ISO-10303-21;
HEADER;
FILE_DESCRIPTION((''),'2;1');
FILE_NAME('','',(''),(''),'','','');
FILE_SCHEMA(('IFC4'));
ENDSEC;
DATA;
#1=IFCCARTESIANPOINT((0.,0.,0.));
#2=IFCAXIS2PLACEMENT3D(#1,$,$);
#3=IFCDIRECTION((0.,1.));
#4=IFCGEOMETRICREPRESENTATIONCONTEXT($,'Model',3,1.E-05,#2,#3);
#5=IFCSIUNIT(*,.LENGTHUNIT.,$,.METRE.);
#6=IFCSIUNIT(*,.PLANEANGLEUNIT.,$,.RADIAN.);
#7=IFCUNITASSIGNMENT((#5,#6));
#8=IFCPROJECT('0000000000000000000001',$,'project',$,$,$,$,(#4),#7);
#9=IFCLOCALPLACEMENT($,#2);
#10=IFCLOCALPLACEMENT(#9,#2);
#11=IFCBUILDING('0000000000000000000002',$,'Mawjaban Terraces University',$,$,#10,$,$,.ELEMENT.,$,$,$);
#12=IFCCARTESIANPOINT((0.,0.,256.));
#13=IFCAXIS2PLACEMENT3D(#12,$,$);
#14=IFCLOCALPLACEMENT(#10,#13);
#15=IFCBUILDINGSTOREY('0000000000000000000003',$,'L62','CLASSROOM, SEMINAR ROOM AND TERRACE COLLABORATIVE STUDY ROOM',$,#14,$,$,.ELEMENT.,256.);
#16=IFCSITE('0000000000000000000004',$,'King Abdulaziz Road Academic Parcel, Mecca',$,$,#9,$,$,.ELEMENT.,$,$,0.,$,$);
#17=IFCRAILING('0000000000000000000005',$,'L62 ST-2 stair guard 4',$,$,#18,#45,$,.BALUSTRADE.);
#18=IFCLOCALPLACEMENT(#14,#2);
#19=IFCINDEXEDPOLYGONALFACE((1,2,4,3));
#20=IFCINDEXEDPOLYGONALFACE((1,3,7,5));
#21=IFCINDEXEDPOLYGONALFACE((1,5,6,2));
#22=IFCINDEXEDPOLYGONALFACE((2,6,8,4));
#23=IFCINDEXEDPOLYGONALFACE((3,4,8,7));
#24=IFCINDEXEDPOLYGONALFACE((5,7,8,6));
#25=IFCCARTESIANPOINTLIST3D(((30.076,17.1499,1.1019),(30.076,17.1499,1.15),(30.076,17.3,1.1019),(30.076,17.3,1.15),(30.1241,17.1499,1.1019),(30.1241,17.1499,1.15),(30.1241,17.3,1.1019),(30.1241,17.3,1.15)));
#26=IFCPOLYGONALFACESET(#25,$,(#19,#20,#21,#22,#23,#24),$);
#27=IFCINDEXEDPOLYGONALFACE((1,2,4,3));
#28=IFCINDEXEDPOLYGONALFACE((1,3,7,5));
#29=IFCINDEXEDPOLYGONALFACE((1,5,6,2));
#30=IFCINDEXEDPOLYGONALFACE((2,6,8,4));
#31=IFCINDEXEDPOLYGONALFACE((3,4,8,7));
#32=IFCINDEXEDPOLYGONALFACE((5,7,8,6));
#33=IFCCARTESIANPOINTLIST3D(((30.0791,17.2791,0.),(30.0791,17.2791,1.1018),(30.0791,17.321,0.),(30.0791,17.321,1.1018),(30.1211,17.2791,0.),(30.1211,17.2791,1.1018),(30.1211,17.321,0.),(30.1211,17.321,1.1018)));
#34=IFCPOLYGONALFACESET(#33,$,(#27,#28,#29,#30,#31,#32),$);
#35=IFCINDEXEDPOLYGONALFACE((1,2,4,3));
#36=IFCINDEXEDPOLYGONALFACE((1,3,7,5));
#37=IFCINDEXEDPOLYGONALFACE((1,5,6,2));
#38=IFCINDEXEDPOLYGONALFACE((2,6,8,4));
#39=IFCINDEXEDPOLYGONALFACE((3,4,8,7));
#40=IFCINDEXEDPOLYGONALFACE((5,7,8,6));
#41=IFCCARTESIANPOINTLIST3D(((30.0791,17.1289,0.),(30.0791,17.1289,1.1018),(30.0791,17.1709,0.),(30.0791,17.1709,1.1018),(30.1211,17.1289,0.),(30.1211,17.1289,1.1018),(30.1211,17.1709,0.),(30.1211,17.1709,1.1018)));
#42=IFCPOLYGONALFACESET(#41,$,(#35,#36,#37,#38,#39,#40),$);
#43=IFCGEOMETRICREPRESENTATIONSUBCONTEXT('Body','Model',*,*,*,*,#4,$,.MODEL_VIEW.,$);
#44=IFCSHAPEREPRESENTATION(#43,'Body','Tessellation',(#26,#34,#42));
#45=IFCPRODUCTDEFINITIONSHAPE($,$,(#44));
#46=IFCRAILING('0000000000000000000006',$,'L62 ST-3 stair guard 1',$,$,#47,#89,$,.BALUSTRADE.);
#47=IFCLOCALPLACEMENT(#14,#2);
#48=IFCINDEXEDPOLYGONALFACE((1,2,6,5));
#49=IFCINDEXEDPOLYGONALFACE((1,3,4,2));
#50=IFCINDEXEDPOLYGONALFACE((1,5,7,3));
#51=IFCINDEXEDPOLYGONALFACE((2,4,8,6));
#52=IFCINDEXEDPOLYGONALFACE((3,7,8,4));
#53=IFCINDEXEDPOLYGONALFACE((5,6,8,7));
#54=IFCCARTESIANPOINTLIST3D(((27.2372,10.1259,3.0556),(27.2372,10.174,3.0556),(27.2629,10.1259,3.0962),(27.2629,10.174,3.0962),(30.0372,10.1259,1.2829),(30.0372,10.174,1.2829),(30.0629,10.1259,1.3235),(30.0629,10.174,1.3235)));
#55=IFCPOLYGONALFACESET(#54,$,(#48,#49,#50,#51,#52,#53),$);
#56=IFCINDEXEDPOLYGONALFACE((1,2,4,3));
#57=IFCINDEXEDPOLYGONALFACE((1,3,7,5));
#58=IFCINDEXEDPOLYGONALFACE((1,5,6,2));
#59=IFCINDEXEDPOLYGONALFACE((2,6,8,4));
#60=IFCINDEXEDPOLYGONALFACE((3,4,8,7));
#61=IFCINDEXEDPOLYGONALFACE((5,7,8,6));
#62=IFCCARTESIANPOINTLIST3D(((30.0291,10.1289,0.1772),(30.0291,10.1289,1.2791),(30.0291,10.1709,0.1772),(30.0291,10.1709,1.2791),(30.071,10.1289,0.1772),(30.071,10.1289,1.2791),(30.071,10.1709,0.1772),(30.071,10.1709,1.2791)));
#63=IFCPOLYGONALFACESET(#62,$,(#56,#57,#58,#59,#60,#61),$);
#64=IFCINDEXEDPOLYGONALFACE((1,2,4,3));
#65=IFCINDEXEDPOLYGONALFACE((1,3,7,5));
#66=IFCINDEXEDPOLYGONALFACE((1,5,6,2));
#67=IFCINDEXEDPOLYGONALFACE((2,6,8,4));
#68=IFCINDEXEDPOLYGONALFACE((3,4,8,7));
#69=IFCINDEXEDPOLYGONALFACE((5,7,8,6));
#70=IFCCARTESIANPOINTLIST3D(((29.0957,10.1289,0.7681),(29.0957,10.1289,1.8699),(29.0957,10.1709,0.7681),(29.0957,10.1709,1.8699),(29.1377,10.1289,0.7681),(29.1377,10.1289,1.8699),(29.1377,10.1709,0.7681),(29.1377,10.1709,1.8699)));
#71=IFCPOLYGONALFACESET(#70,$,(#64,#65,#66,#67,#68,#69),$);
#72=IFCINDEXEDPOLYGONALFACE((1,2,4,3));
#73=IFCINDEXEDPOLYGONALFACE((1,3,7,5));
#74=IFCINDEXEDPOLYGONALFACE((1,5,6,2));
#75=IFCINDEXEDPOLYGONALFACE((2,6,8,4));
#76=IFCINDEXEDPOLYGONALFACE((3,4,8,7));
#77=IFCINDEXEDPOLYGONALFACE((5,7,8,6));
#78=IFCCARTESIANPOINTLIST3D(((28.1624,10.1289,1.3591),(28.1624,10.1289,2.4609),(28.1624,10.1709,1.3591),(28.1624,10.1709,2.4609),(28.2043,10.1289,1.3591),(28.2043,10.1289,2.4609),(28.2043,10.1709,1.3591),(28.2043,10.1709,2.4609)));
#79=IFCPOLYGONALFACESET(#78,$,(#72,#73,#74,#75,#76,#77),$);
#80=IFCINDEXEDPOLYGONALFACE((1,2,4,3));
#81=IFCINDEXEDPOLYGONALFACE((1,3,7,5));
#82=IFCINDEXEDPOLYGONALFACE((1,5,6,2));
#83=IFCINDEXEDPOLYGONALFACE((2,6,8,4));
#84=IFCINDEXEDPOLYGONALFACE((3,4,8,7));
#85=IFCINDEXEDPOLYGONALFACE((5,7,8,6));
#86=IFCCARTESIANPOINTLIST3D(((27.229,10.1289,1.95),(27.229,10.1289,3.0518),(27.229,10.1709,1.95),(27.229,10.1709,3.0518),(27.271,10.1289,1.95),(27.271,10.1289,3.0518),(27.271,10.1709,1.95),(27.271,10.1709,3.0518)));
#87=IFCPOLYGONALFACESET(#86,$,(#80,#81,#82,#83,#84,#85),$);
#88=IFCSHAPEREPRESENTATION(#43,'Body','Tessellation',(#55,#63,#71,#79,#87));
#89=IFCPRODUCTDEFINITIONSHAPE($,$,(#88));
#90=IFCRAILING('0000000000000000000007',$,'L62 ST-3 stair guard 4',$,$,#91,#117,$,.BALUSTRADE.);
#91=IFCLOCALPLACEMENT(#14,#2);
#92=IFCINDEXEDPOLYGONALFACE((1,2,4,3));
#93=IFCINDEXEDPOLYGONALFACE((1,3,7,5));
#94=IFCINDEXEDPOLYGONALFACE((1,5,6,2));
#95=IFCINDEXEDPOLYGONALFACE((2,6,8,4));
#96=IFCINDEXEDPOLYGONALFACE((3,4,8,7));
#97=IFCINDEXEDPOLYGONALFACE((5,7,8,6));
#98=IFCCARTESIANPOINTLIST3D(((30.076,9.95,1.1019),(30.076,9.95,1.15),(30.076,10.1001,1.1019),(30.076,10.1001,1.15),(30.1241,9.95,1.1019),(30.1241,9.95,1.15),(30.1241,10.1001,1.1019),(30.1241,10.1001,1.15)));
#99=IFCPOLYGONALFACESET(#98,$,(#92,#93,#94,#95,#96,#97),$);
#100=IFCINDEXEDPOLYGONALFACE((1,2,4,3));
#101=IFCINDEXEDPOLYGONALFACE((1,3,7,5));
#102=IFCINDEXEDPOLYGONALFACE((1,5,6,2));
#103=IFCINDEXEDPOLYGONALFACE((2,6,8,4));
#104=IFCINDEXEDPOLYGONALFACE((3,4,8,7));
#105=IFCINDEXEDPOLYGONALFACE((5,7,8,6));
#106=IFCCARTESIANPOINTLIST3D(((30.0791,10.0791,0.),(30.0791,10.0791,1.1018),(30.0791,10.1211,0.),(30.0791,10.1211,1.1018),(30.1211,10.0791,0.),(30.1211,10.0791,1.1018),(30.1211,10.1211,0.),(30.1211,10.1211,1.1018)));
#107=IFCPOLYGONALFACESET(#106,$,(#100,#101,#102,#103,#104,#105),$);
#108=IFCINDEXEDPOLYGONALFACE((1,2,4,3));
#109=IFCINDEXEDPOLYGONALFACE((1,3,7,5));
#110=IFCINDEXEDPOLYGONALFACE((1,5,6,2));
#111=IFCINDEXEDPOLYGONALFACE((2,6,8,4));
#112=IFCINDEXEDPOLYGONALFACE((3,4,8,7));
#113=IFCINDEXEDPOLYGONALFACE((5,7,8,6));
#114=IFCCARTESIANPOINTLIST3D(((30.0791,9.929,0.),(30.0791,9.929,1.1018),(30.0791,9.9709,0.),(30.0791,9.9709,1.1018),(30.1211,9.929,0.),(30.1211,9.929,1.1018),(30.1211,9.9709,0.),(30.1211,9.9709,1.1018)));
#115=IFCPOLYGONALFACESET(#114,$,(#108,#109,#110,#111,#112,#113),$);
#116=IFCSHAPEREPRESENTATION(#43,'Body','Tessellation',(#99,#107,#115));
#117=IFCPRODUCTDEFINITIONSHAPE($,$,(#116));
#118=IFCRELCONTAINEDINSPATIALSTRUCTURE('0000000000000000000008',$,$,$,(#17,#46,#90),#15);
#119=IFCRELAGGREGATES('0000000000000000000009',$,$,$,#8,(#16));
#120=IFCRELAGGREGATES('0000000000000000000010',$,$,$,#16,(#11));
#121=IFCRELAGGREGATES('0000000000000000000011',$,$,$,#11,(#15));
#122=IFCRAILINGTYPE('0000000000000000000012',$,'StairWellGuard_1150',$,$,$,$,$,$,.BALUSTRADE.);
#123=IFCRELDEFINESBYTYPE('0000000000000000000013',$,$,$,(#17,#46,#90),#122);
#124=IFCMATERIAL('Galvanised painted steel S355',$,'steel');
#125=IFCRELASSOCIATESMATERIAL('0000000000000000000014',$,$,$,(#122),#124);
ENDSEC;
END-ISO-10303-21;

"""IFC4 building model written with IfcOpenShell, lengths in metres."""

from ifc_helpers import new_model, si_unit, direction, frame, origin, origin_2d, place, context, subcontext, project, spatial, rectangle, extrude, material, type_object, element, save


model = new_model("IFC4")

# Units and contexts
model_context = context("Model", 3, precision=1e-05, world=origin(), true_north=direction((0.0, 1.0)))
body_context = subcontext(model_context, "Body", "Model", "MODEL_VIEW")
ifc_project = project(units=[si_unit("LENGTHUNIT", "METRE"), si_unit("PLANEANGLEUNIT", "RADIAN")], contexts=[model_context])

# Site, building, storey
site_placement = place(None, origin())
site = spatial("IfcSite", under=ifc_project, at=site_placement, Name="King Abdulaziz Road Academic Parcel, Mecca", CompositionType="ELEMENT", RefElevation=0.0)
building_placement = place(site_placement, origin())
building = spatial("IfcBuilding", under=site, at=building_placement, Name="Mawjaban Terraces University", CompositionType="ELEMENT")
storey_placement = place(building_placement, frame((0.0, 0.0, 256.0)))
storey = spatial("IfcBuildingStorey", under=building, at=storey_placement, Name="L62", Description="CLASSROOM, SEMINAR ROOM AND TERRACE COLLABORATIVE STUDY ROOM", CompositionType="ELEMENT", Elevation=256.0)

# Railings
ifc_material_1 = material(Name="Galvanised painted steel S355", Category="steel")
railing_type_1 = type_object("IfcRailingType", Name="StairWellGuard_1150", PredefinedType="BALUSTRADE", material=ifc_material_1)
railing_1_placement = place(storey_placement, frame((30.1001, 17.3, 0.0)))
element("IfcRailing", 1, at=railing_1_placement, inside=storey, type_object=railing_type_1, Name="L62 ST-2 stair guard 4", PredefinedType="BALUSTRADE", context=body_context, shape_type="SweptSolid", body=[
    extrude(rectangle(XDim=0.0481, YDim=0.0481, at=origin_2d()), frame((0.0, 0.0, 1.126), z_axis=(0.0, -1.0, 0.0), x_axis=(1.0, 0.0, 0.0)), (0.0, 0.0, 1.0), 0.1501),
    extrude(rectangle(XDim=0.042, YDim=0.042, at=origin_2d()), origin(), (0.0, 0.0, 1.0), 1.1018),
    extrude(rectangle(XDim=0.042, YDim=0.042, at=origin_2d()), frame((0.0, -0.1501, 0.0)), (0.0, 0.0, 1.0), 1.1018),
])
railing_2_placement = place(storey_placement, frame((30.05, 10.1499, 0.1772)))
element("IfcRailing", 2, at=railing_2_placement, inside=storey, type_object=railing_type_1, Name="L62 ST-3 stair guard 1", PredefinedType="BALUSTRADE", context=body_context, shape_type="SweptSolid", body=[
    extrude(rectangle(XDim=0.0481, YDim=0.0481, at=origin_2d()), frame((0.0, 0.0, 1.126), z_axis=(-0.844909, 0.0, 0.53491), x_axis=(0.0, -1.0, 0.0)), (0.0, 0.0, 1.0), 3.314),
    extrude(rectangle(XDim=0.042, YDim=0.042, at=origin_2d()), origin(), (0.0, 0.0, 1.0), 1.1018),
    extrude(rectangle(XDim=0.042, YDim=0.042, at=origin_2d()), frame((-0.9333, 0.0, 0.5908)), (0.0, 0.0, 1.0), 1.1018),
    extrude(rectangle(XDim=0.042, YDim=0.042, at=origin_2d()), frame((-1.8667, 0.0, 1.1819)), (0.0, 0.0, 1.0), 1.1018),
    extrude(rectangle(XDim=0.042, YDim=0.042, at=origin_2d()), frame((-2.8, 0.0, 1.7727)), (0.0, 0.0, 1.0), 1.1018),
])
railing_3_placement = place(storey_placement, frame((30.1001, 10.1001, 0.0)))
element("IfcRailing", 3, at=railing_3_placement, inside=storey, type_object=railing_type_1, Name="L62 ST-3 stair guard 4", PredefinedType="BALUSTRADE", context=body_context, shape_type="SweptSolid", body=[
    extrude(rectangle(XDim=0.0481, YDim=0.0481, at=origin_2d()), frame((0.0, 0.0, 1.126), z_axis=(0.0, -1.0, 0.0), x_axis=(1.0, 0.0, 0.0)), (0.0, 0.0, 1.0), 0.1501),
    extrude(rectangle(XDim=0.042, YDim=0.042, at=origin_2d()), origin(), (0.0, 0.0, 1.0), 1.1018),
    extrude(rectangle(XDim=0.042, YDim=0.042, at=origin_2d()), frame((0.0, -0.1501, 0.0)), (0.0, 0.0, 1.0), 1.1018),
])

save(model, "model.ifc")
